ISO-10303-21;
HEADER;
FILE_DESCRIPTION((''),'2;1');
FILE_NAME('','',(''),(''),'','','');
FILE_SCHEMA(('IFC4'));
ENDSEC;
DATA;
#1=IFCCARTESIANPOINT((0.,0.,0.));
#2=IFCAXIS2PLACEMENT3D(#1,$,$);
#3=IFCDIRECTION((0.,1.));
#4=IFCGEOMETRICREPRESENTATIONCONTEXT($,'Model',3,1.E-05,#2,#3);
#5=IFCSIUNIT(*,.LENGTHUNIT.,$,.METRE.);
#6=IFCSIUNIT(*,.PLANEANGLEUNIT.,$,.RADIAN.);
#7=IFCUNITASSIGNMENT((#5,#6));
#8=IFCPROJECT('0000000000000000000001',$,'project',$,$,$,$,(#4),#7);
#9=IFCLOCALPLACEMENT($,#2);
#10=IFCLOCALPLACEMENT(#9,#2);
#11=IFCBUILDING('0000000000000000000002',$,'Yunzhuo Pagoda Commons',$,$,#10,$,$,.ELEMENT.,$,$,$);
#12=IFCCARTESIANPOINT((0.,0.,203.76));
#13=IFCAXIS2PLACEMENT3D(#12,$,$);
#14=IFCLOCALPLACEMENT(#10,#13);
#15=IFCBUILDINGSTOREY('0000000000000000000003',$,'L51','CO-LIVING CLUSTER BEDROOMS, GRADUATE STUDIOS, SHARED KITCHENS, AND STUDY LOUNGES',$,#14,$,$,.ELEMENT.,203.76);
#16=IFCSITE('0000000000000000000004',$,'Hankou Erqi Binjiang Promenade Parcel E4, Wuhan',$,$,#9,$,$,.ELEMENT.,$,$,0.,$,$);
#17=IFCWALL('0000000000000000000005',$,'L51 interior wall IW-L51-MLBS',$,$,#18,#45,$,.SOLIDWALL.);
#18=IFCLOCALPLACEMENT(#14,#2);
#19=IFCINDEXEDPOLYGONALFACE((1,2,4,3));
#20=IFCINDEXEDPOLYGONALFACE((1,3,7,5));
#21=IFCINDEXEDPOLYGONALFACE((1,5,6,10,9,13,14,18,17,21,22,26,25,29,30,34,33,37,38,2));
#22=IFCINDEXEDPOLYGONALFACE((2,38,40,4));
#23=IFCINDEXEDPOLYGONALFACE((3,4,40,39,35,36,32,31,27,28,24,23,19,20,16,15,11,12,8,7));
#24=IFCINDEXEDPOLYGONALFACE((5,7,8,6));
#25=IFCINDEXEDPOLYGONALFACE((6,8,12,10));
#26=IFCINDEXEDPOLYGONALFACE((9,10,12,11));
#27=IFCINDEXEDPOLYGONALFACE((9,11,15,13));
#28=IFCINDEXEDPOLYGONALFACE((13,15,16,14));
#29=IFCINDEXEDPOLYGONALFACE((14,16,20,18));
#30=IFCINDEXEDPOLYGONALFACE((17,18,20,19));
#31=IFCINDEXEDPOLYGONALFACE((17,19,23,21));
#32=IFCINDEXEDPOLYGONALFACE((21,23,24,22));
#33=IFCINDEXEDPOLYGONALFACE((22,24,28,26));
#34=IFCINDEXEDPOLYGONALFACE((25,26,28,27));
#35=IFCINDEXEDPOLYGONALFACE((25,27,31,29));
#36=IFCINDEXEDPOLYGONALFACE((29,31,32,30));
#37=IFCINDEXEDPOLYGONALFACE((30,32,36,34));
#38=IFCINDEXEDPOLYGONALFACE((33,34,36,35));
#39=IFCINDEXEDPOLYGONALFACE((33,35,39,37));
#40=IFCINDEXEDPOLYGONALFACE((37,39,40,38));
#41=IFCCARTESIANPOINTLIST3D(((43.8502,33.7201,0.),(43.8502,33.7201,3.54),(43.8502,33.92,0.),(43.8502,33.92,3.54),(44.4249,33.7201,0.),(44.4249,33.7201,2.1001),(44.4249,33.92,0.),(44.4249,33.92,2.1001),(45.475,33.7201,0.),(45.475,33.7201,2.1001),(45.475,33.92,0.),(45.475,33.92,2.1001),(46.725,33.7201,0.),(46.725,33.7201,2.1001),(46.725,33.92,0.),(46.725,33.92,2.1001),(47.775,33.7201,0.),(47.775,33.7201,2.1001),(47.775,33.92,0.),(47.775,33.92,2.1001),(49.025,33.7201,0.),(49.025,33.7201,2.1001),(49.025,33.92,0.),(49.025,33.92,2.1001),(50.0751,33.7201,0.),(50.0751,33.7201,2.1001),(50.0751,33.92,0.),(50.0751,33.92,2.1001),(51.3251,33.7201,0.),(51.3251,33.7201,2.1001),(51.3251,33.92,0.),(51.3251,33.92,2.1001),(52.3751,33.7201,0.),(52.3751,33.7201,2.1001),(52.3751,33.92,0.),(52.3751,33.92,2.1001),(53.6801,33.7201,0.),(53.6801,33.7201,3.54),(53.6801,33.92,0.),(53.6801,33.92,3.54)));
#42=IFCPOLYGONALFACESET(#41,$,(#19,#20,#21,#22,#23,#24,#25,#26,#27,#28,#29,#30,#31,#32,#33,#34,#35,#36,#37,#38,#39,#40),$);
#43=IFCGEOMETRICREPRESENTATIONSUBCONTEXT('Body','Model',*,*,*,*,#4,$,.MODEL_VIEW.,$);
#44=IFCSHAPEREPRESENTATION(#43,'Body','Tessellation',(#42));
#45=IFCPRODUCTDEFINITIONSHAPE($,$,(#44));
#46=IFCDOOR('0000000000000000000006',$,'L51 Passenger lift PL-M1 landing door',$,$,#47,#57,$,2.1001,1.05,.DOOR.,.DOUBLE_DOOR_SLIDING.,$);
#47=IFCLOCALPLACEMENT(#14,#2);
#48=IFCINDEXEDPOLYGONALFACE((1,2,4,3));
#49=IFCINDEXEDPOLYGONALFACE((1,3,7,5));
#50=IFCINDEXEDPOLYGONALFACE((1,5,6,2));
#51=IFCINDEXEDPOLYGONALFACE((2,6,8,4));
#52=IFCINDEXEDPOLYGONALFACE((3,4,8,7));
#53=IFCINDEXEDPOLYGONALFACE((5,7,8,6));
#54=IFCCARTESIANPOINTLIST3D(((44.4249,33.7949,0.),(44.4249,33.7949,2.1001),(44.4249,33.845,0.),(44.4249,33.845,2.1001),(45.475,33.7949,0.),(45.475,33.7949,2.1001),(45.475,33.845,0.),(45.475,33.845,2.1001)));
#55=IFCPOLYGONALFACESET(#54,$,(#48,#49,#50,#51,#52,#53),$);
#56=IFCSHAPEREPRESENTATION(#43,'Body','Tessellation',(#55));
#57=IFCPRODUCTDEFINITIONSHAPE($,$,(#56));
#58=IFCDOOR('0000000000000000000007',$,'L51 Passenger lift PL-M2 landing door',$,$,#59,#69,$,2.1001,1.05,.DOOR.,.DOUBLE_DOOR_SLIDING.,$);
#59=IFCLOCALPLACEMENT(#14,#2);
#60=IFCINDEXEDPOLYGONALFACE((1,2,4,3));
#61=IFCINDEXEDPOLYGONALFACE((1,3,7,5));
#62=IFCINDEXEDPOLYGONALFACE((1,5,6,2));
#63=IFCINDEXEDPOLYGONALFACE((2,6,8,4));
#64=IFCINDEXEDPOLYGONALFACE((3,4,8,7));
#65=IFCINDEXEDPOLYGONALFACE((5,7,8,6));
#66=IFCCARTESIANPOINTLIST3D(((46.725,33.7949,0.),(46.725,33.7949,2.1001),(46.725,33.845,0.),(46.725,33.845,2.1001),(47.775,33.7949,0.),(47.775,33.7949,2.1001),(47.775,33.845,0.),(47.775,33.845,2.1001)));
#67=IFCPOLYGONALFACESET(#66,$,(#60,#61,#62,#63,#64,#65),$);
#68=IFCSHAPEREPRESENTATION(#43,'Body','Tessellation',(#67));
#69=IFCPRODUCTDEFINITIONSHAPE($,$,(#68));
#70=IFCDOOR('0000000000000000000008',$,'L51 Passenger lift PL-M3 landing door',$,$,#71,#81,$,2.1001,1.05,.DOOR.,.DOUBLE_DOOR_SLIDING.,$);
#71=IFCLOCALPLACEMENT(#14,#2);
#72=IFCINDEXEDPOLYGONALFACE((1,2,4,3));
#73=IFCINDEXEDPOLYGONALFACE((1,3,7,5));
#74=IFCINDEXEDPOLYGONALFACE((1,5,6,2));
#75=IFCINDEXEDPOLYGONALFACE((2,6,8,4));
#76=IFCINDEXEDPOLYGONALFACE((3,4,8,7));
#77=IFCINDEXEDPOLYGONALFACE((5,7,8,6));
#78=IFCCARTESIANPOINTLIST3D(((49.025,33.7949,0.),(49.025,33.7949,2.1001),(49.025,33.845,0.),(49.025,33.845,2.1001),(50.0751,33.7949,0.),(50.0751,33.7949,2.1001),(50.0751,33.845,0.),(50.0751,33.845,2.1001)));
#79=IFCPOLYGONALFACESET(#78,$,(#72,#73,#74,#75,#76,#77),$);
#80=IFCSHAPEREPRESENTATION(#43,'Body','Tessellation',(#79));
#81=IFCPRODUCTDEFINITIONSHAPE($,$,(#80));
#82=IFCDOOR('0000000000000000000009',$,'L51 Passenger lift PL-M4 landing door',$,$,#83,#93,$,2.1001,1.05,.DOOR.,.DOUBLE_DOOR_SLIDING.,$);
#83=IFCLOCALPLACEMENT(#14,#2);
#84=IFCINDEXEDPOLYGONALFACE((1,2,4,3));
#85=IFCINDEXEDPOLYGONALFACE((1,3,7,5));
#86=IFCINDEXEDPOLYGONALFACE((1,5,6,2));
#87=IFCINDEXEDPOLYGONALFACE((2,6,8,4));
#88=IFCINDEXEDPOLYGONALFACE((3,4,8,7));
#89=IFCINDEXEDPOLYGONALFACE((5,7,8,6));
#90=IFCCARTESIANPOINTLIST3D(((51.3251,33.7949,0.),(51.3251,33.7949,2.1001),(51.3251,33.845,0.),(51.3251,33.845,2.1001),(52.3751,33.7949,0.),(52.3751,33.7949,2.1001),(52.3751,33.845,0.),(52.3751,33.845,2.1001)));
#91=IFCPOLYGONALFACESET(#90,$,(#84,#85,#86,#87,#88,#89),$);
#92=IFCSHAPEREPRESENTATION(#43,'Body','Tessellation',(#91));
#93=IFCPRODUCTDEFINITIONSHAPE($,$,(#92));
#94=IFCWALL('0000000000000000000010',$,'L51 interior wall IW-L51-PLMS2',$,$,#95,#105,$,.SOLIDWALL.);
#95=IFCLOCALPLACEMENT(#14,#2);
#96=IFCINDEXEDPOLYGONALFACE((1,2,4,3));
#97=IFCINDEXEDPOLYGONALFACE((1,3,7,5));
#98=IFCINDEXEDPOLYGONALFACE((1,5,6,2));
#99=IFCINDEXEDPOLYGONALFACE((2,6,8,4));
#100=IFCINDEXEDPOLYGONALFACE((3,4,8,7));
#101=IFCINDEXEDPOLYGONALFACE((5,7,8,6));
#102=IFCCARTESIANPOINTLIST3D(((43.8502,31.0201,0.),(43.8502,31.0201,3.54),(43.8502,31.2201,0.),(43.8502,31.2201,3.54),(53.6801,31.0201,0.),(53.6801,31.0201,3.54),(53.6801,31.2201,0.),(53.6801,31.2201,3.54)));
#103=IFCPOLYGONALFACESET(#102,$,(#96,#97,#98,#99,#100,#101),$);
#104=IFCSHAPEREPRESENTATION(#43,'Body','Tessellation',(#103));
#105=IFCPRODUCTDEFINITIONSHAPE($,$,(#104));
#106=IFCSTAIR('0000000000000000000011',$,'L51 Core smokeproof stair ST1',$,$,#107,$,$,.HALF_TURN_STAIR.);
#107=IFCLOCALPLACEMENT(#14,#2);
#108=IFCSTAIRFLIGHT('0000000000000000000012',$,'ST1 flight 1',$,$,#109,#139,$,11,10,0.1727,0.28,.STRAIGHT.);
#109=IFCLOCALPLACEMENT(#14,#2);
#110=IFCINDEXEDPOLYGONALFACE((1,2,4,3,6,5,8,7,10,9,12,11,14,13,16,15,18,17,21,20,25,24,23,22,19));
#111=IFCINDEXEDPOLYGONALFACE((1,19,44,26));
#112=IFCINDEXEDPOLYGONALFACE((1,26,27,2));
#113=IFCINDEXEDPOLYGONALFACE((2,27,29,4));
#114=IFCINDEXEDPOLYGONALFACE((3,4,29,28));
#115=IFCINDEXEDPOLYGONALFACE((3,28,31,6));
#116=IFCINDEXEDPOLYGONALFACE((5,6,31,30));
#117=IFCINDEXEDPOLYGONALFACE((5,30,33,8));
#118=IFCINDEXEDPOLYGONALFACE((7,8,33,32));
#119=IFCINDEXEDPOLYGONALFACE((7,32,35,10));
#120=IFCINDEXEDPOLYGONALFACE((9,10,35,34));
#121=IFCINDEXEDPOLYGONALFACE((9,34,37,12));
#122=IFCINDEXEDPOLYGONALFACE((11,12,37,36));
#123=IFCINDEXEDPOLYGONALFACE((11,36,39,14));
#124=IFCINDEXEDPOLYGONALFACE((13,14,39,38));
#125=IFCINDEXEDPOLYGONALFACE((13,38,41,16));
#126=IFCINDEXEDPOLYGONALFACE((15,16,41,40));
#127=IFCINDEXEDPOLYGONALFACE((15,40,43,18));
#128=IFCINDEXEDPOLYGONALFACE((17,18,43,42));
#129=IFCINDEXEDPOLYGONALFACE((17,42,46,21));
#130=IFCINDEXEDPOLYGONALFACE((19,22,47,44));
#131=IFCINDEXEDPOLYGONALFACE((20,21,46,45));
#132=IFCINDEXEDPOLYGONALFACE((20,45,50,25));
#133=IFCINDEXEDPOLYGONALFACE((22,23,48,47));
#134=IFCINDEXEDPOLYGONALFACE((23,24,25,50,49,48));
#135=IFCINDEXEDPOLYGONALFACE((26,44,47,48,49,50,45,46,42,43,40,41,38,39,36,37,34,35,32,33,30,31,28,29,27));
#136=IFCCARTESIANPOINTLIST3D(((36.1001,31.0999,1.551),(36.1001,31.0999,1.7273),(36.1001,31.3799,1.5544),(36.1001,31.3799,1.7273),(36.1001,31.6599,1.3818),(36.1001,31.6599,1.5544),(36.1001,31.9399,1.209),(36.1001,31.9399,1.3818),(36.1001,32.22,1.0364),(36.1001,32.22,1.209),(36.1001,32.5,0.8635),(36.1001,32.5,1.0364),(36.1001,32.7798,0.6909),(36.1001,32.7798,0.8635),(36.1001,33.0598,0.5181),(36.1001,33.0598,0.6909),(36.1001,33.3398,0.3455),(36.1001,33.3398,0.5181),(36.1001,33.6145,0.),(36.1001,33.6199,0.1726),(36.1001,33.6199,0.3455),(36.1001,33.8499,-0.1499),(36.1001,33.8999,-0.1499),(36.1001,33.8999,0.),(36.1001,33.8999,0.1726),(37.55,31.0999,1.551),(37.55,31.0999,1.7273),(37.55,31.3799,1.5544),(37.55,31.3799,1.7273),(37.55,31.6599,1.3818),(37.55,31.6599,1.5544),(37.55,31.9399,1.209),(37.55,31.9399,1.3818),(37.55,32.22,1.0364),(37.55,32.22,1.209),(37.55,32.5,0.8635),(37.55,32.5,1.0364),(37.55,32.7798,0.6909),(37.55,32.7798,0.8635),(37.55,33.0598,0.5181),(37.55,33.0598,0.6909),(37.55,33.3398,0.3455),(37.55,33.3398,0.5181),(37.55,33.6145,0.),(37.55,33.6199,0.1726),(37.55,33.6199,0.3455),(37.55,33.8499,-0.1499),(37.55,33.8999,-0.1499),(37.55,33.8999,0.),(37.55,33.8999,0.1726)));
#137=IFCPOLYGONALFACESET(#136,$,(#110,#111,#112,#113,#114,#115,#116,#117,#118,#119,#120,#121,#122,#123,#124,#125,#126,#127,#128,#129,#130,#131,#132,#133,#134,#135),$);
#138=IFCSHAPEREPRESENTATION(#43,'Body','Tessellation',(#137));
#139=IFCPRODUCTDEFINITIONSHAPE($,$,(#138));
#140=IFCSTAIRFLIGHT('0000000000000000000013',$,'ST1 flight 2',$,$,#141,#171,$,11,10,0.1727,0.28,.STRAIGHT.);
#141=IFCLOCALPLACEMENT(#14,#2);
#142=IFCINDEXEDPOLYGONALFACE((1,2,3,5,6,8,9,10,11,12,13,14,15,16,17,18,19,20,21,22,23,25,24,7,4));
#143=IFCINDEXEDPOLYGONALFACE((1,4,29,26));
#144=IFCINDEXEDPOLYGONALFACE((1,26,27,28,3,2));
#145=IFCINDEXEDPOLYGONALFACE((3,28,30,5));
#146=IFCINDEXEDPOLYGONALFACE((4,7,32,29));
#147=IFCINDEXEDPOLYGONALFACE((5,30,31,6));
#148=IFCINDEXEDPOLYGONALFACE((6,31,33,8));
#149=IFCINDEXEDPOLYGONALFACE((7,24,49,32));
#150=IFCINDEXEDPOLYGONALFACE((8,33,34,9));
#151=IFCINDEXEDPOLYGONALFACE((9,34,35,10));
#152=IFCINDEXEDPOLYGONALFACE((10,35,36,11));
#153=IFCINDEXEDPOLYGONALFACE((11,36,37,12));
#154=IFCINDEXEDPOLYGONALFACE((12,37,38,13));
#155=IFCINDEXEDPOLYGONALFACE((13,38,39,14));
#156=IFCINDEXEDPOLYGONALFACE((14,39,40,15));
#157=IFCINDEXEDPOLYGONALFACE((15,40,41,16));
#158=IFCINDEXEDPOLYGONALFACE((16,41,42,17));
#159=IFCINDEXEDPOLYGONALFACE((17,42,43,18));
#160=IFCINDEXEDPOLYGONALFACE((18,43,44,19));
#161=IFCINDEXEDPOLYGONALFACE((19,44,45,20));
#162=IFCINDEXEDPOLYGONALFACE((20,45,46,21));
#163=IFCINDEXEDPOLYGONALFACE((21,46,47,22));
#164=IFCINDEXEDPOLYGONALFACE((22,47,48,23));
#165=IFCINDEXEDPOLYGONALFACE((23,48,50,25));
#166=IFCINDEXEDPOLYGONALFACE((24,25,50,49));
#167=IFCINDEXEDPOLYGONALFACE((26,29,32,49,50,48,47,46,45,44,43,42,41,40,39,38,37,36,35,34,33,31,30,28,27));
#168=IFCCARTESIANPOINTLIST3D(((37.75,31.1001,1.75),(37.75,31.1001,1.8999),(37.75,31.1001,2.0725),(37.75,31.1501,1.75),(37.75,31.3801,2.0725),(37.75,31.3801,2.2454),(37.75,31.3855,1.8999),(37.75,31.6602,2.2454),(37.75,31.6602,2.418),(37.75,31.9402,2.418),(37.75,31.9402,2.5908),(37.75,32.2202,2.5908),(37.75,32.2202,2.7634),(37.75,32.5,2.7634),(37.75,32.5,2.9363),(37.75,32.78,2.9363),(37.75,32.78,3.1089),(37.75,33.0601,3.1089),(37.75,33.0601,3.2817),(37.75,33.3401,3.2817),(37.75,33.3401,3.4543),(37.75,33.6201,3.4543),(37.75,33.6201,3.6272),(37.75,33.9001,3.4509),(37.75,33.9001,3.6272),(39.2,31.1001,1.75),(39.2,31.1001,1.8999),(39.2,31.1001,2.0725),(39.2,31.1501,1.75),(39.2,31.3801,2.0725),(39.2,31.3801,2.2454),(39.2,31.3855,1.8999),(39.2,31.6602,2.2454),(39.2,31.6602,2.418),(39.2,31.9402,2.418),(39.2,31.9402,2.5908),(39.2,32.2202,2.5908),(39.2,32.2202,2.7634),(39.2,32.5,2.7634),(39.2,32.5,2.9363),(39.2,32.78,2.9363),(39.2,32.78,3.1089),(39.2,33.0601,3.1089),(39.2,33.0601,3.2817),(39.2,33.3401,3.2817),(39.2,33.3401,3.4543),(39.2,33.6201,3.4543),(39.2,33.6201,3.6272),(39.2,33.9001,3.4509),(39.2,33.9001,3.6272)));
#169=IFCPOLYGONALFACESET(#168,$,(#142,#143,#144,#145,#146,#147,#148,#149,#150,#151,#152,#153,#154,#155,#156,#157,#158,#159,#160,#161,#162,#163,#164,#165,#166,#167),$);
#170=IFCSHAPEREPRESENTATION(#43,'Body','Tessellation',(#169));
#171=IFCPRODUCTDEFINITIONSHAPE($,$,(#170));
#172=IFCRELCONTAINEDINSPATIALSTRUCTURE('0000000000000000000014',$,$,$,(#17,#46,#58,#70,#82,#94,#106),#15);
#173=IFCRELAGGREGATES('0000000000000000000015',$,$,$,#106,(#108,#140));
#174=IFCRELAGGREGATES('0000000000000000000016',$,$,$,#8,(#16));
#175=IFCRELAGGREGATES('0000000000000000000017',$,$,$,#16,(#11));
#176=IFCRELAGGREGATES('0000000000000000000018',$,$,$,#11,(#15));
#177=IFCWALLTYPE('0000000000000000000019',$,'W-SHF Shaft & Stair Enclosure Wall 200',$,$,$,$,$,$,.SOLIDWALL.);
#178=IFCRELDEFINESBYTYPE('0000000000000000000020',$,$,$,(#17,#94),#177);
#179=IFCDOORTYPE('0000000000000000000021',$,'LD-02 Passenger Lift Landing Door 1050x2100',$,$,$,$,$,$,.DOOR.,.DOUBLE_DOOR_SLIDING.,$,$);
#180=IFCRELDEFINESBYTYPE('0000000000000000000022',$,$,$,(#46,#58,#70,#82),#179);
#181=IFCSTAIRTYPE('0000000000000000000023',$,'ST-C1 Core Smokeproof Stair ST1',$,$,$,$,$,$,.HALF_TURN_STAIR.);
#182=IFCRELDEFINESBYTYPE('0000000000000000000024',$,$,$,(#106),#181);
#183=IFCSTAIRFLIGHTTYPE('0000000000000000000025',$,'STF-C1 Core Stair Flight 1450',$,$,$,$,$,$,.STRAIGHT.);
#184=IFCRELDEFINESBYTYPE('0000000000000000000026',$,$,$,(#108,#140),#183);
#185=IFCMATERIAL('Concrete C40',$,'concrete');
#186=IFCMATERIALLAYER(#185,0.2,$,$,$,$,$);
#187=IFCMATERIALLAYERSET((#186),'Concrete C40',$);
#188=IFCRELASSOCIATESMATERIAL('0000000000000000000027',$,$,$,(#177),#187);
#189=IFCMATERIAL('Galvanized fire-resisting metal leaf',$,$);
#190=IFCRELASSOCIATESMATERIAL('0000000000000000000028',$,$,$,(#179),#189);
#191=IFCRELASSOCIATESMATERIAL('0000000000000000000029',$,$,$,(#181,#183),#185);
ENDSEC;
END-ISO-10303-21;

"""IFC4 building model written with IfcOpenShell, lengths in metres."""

from ifc_helpers import new_model, si_unit, direction, frame, frame_2d, origin, origin_with_axes, place, context, subcontext, project, spatial, polyline, rectangle, outline, extrude, source, transform, mapped, material, layer, layer_set, type_object, element, fill, aggregate, save


model = new_model("IFC4")

# Units and contexts
model_context = context("Model", 3, precision=1e-05, world=origin(), true_north=direction((0.0, 1.0)))
body_context = subcontext(model_context, "Body", "Model", "MODEL_VIEW")
ifc_project = project(units=[si_unit("LENGTHUNIT", "METRE"), si_unit("PLANEANGLEUNIT", "RADIAN")], contexts=[model_context])

# Site, building, storey
site_placement = place(None, origin())
site = spatial("IfcSite", under=ifc_project, at=site_placement, Name="Hankou Erqi Binjiang Promenade Parcel E4, Wuhan", CompositionType="ELEMENT", RefElevation=0.0)
building_placement = place(site_placement, origin())
building = spatial("IfcBuilding", under=site, at=building_placement, Name="Yunzhuo Pagoda Commons", CompositionType="ELEMENT")
storey_placement = place(building_placement, frame((0.0, 0.0, 203.76)))
storey = spatial("IfcBuildingStorey", under=building, at=storey_placement, Name="L51", Description="CO-LIVING CLUSTER BEDROOMS, GRADUATE STUDIOS, SHARED KITCHENS, AND STUDY LOUNGES", CompositionType="ELEMENT", Elevation=203.76)

# Shared definitions
ifc_material_1 = material(Name="Concrete C40", Category="concrete")
ifc_layer_1 = layer(ifc_material_1, 0.2)
ifc_layer_set_1 = layer_set([ifc_layer_1], Name="Concrete C40")
wall_type_1 = type_object("IfcWallType", Name="W-SHF Shaft & Stair Enclosure Wall 200", PredefinedType="SOLIDWALL", material=ifc_layer_set_1)
ifc_material_2 = material(Name="Galvanized fire-resisting metal leaf")
door_type = type_object("IfcDoorType", Name="LD-02 Passenger Lift Landing Door 1050x2100", OperationType="DOUBLE_DOOR_SLIDING", PredefinedType="DOOR", material=ifc_material_2)
shared_shape_1 = source(origin(), body_context, "Body", "SweptSolid", [
    extrude(rectangle(XDim=1.05, YDim=2.1001, at=frame_2d((0.5249, 1.05))), frame((0.0, 0.0249, 0.0), z_axis=(0.0, -1.0, 0.0), x_axis=(1.0, 0.0, 0.0)), (0.0, 0.0, 1.0), 0.05),
])

# Wall, openings, doors
wall_1_placement = place(storey_placement, frame((43.8501, 33.8201, 0.0), z_axis=(0.0, 0.0, 1.0), x_axis=(1.0, 0.0, 0.0)))
wall_1 = element("IfcWall", 1, at=wall_1_placement, inside=storey, type_object=wall_type_1, Name="L51 interior wall IW-L51-MLBS", PredefinedType="SOLIDWALL", context=body_context, shape_type="SweptSolid", body=[
    extrude(rectangle(XDim=9.8298, YDim=0.2, at=frame_2d((4.915, 0.0))), origin(), (0.0, 0.0, 1.0), 3.54),
])
opening_1_placement = place(wall_1_placement, frame((0.575, 0.0, 0.0)))
opening_1 = element("IfcOpeningElement", 2, at=opening_1_placement, cuts=wall_1, PredefinedType="OPENING", context=body_context, shape_type="SweptSolid", body=[
    extrude(rectangle(XDim=1.05, YDim=2.1001, at=frame_2d((0.5249, 1.05))), frame((0.0, 0.1099, 0.0), z_axis=(0.0, -1.0, 0.0), x_axis=(1.0, 0.0, 0.0)), (0.0, 0.0, 1.0), 0.22),
])
opening_2_placement = place(wall_1_placement, frame((2.875, 0.0, 0.0)))
opening_2 = element("IfcOpeningElement", 3, at=opening_2_placement, cuts=wall_1, PredefinedType="OPENING", context=body_context, shape_type="SweptSolid", body=[
    extrude(rectangle(XDim=1.05, YDim=2.1001, at=frame_2d((0.5249, 1.05))), frame((0.0, 0.1099, 0.0), z_axis=(0.0, -1.0, 0.0), x_axis=(1.0, 0.0, 0.0)), (0.0, 0.0, 1.0), 0.22),
])
opening_3_placement = place(wall_1_placement, frame((5.175, 0.0, 0.0)))
opening_3 = element("IfcOpeningElement", 4, at=opening_3_placement, cuts=wall_1, PredefinedType="OPENING", context=body_context, shape_type="SweptSolid", body=[
    extrude(rectangle(XDim=1.05, YDim=2.1001, at=frame_2d((0.5249, 1.05))), frame((0.0, 0.1099, 0.0), z_axis=(0.0, -1.0, 0.0), x_axis=(1.0, 0.0, 0.0)), (0.0, 0.0, 1.0), 0.22),
])
opening_4_placement = place(wall_1_placement, frame((7.4751, 0.0, 0.0)))
opening_4 = element("IfcOpeningElement", 5, at=opening_4_placement, cuts=wall_1, PredefinedType="OPENING", context=body_context, shape_type="SweptSolid", body=[
    extrude(rectangle(XDim=1.05, YDim=2.1001, at=frame_2d((0.5249, 1.05))), frame((0.0, 0.1099, 0.0), z_axis=(0.0, -1.0, 0.0), x_axis=(1.0, 0.0, 0.0)), (0.0, 0.0, 1.0), 0.22),
])
door_1_placement = place(opening_1_placement, origin_with_axes())
door_1 = element("IfcDoor", 6, at=door_1_placement, inside=storey, type_object=door_type, Name="L51 Passenger lift PL-M1 landing door", OperationType="DOUBLE_DOOR_SLIDING", OverallHeight=2.1001, OverallWidth=1.05, PredefinedType="DOOR", context=body_context, shape_type="MappedRepresentation", body=[
    mapped(shared_shape_1, transform((0.0, 0.0, 0.0), scale=1.0)),
])
fill(opening_1, door_1)
door_2_placement = place(opening_2_placement, origin_with_axes())
door_2 = element("IfcDoor", 7, at=door_2_placement, inside=storey, type_object=door_type, Name="L51 Passenger lift PL-M2 landing door", OperationType="DOUBLE_DOOR_SLIDING", OverallHeight=2.1001, OverallWidth=1.05, PredefinedType="DOOR", context=body_context, shape_type="MappedRepresentation", body=[
    mapped(shared_shape_1, transform((0.0, 0.0, 0.0), scale=1.0)),
])
fill(opening_2, door_2)
door_3_placement = place(opening_3_placement, origin_with_axes())
door_3 = element("IfcDoor", 8, at=door_3_placement, inside=storey, type_object=door_type, Name="L51 Passenger lift PL-M3 landing door", OperationType="DOUBLE_DOOR_SLIDING", OverallHeight=2.1001, OverallWidth=1.05, PredefinedType="DOOR", context=body_context, shape_type="MappedRepresentation", body=[
    mapped(shared_shape_1, transform((0.0, 0.0, 0.0), scale=1.0)),
])
fill(opening_3, door_3)
door_4_placement = place(opening_4_placement, origin_with_axes())
door_4 = element("IfcDoor", 9, at=door_4_placement, inside=storey, type_object=door_type, Name="L51 Passenger lift PL-M4 landing door", OperationType="DOUBLE_DOOR_SLIDING", OverallHeight=2.1001, OverallWidth=1.05, PredefinedType="DOOR", context=body_context, shape_type="MappedRepresentation", body=[
    mapped(shared_shape_1, transform((0.0, 0.0, 0.0), scale=1.0)),
])
fill(opening_4, door_4)

# Wall
wall_2_placement = place(storey_placement, frame((43.8501, 31.1201, 0.0), z_axis=(0.0, 0.0, 1.0), x_axis=(1.0, 0.0, 0.0)))
element("IfcWall", 10, at=wall_2_placement, inside=storey, type_object=wall_type_1, Name="L51 interior wall IW-L51-PLMS2", PredefinedType="SOLIDWALL", context=body_context, shape_type="SweptSolid", body=[
    extrude(rectangle(XDim=9.8298, YDim=0.2, at=frame_2d((4.915, 0.0))), origin(), (0.0, 0.0, 1.0), 3.54),
])

# Stair, stair flights
stair_type = type_object("IfcStairType", Name="ST-C1 Core Smokeproof Stair ST1", PredefinedType="HALF_TURN_STAIR", material=ifc_material_1)
stair_placement = place(storey_placement, origin())
stair = element("IfcStair", 11, at=stair_placement, inside=storey, type_object=stair_type, Name="L51 Core smokeproof stair ST1", PredefinedType="HALF_TURN_STAIR")
stair_flight_type = type_object("IfcStairFlightType", Name="STF-C1 Core Stair Flight 1450", PredefinedType="STRAIGHT", material=ifc_material_1)
shared_shape_2 = source(origin(), body_context, "Body", "SweptSolid", [
    extrude(outline(polyline([(0.0, -0.1499), (0.0, 0.0), (0.0, 0.1726), (0.28, 0.1726), (0.28, 0.3455), (0.5601, 0.3455), (0.5601, 0.5181), (0.8401, 0.5181), (0.8401, 0.6909), (1.1201, 0.6909), (1.1201, 0.8635), (1.3999, 0.8635), (1.3999, 1.0364), (1.6799, 1.0364), (1.6799, 1.209), (1.96, 1.209), (1.96, 1.3818), (2.24, 1.3818), (2.24, 1.5544), (2.52, 1.5544), (2.52, 1.7273), (2.8, 1.7273), (2.8, 1.8999), (2.8, 1.551), (0.2854, 0.0), (0.05, -0.1499), (0.0, -0.1499)])), frame((0.0, 0.7251, 0.0), z_axis=(0.0, -1.0, 0.0), x_axis=(1.0, 0.0, 0.0)), (0.0, 0.0, 1.0), 1.45),
])
stair_flight_1_placement = place(storey_placement, frame((36.825, 33.8999, 0.0), z_axis=(0.0, 0.0, 1.0), x_axis=(0.0, -1.0, 0.0)))
stair_flight_1 = element("IfcStairFlight", 12, at=stair_flight_1_placement, type_object=stair_flight_type, Name="ST1 flight 1", NumberOfRisers=11, NumberOfTreads=10, PredefinedType="STRAIGHT", RiserHeight=0.1727, TreadLength=0.28, context=body_context, shape_type="MappedRepresentation", body=[
    mapped(shared_shape_2, transform((0.0, 0.0, 0.0), scale=1.0)),
])
stair_flight_2_placement = place(storey_placement, frame((38.4751, 31.1001, 1.8999), z_axis=(0.0, 0.0, 1.0), x_axis=(0.0, 1.0, 0.0)))
stair_flight_2 = element("IfcStairFlight", 13, at=stair_flight_2_placement, type_object=stair_flight_type, Name="ST1 flight 2", NumberOfRisers=11, NumberOfTreads=10, PredefinedType="STRAIGHT", RiserHeight=0.1727, TreadLength=0.28, context=body_context, shape_type="MappedRepresentation", body=[
    mapped(shared_shape_2, transform((0.0, 0.0, 0.0), scale=1.0)),
])
aggregate(stair, [stair_flight_1, stair_flight_2])

save(model, "model.ifc")
